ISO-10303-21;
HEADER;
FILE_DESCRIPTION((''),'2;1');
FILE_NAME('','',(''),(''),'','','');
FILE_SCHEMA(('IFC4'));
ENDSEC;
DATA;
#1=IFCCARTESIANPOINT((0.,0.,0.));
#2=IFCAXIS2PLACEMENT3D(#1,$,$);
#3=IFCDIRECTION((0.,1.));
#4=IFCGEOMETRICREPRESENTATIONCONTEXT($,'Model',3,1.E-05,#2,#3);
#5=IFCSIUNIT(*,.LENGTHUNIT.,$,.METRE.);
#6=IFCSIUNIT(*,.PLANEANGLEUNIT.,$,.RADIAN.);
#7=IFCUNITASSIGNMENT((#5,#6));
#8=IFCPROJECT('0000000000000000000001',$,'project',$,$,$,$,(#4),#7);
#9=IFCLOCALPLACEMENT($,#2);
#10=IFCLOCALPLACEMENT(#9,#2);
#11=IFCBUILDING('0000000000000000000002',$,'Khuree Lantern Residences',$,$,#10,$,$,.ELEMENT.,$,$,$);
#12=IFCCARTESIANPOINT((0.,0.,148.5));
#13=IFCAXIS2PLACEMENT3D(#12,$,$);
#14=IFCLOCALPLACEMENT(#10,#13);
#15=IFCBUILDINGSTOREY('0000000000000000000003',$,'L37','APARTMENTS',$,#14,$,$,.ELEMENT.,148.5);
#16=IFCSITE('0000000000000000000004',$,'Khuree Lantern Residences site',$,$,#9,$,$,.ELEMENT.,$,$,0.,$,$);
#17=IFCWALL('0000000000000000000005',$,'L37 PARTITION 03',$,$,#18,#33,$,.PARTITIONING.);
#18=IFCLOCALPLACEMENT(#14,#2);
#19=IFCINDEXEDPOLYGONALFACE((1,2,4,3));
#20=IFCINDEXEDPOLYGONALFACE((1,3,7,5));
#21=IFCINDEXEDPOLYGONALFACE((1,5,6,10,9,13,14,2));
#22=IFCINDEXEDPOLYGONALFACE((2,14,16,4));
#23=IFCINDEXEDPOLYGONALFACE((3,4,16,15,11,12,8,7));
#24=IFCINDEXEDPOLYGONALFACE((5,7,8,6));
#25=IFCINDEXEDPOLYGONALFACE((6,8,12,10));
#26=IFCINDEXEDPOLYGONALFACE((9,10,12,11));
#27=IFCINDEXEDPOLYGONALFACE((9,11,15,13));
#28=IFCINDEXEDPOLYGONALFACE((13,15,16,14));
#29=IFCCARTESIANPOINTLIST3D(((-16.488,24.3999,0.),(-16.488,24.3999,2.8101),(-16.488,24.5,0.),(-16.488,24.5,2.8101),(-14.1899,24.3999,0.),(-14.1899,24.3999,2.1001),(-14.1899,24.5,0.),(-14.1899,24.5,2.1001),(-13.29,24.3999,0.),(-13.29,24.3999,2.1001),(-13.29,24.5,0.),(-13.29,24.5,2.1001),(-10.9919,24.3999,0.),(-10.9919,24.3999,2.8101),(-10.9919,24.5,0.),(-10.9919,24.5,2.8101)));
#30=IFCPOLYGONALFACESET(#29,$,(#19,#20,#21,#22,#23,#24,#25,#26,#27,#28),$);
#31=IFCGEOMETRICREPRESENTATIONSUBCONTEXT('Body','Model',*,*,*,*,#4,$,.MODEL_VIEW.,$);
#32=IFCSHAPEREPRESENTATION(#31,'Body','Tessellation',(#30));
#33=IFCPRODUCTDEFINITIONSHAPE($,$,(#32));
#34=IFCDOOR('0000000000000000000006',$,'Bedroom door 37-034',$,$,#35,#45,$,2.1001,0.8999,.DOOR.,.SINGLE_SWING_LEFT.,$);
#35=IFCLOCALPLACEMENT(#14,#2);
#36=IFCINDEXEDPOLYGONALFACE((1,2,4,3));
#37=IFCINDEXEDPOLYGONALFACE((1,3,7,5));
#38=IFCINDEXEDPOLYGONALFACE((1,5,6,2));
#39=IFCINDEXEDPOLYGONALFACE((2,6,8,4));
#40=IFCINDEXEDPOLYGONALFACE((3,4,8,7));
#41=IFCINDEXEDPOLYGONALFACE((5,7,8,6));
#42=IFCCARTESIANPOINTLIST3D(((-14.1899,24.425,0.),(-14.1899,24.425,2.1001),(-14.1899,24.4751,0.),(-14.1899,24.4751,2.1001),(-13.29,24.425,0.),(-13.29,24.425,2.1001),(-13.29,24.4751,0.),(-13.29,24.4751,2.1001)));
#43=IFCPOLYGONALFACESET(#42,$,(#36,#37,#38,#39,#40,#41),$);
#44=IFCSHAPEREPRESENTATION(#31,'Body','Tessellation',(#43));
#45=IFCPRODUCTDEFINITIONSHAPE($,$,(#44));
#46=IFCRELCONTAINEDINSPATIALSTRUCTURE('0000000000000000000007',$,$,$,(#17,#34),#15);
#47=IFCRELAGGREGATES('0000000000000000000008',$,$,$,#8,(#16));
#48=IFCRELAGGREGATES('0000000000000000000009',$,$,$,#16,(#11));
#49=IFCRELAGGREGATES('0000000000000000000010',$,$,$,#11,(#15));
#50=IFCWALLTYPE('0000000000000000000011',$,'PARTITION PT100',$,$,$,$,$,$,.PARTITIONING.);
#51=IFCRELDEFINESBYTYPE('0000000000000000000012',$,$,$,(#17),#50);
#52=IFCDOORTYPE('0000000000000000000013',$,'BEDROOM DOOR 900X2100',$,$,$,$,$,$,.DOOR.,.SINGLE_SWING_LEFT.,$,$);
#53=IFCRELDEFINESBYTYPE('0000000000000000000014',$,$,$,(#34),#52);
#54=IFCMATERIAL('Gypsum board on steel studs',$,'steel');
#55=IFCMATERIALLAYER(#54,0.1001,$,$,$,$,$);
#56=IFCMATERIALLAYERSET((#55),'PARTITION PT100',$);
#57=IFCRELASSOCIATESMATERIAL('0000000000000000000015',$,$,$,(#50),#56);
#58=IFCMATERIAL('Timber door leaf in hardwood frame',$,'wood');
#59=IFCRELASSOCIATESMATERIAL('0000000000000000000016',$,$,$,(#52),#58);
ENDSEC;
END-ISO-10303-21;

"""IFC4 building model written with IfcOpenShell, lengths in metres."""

from ifc_helpers import new_model, si_unit, direction, frame, frame_2d, origin, place, context, subcontext, project, spatial, rectangle, extrude, material, layer, layer_set, type_object, element, fill, save


model = new_model("IFC4")

# Units and contexts
model_context = context("Model", 3, precision=1e-05, world=origin(), true_north=direction((0.0, 1.0)))
body_context = subcontext(model_context, "Body", "Model", "MODEL_VIEW")
ifc_project = project(units=[si_unit("LENGTHUNIT", "METRE"), si_unit("PLANEANGLEUNIT", "RADIAN")], contexts=[model_context])

# Site, building, storey
site_placement = place(None, origin())
site = spatial("IfcSite", under=ifc_project, at=site_placement, Name="Khuree Lantern Residences site", CompositionType="ELEMENT", RefElevation=0.0)
building_placement = place(site_placement, origin())
building = spatial("IfcBuilding", under=site, at=building_placement, Name="Khuree Lantern Residences", CompositionType="ELEMENT")
storey_placement = place(building_placement, frame((0.0, 0.0, 148.5)))
storey = spatial("IfcBuildingStorey", under=building, at=storey_placement, Name="L37", Description="APARTMENTS", CompositionType="ELEMENT", Elevation=148.5)

# Shared definitions
ifc_material_1 = material(Name="Gypsum board on steel studs", Category="steel")
ifc_layer_1 = layer(ifc_material_1, 0.1001)
ifc_layer_set_1 = layer_set([ifc_layer_1], Name="PARTITION PT100")
wall_type_1 = type_object("IfcWallType", Name="PARTITION PT100", PredefinedType="PARTITIONING", material=ifc_layer_set_1)

# Wall, opening, door
ifc_material_2 = material(Name="Timber door leaf in hardwood frame", Category="wood")
door_type = type_object("IfcDoorType", Name="BEDROOM DOOR 900X2100", OperationType="SINGLE_SWING_LEFT", PredefinedType="DOOR", material=ifc_material_2)
wall_1_placement = place(storey_placement, frame((-10.9919, 24.45, 0.0), z_axis=(0.0, 0.0, 1.0), x_axis=(-1.0, 0.0, 0.0)))
wall_1 = element("IfcWall", 1, at=wall_1_placement, inside=storey, type_object=wall_type_1, Name="L37 PARTITION 03", PredefinedType="PARTITIONING", context=body_context, shape_type="SweptSolid", body=[
    extrude(rectangle(XDim=5.4961, YDim=0.1001, at=frame_2d((2.748, 0.0))), origin(), (0.0, 0.0, 1.0), 2.8101),
])
opening_1_placement = place(wall_1_placement, frame((2.2981, 0.0, 0.0)))
opening_1 = element("IfcOpeningElement", 2, at=opening_1_placement, cuts=wall_1, PredefinedType="OPENING", context=body_context, shape_type="SweptSolid", body=[
    extrude(rectangle(XDim=0.8999, YDim=2.1001, at=frame_2d((0.45, 1.05))), frame((0.0, 0.0601, 0.0), z_axis=(0.0, -1.0, 0.0), x_axis=(1.0, 0.0, 0.0)), (0.0, 0.0, 1.0), 0.1201),
])
door_1_placement = place(opening_1_placement, origin())
door_1 = element("IfcDoor", 3, at=door_1_placement, inside=storey, type_object=door_type, Name="Bedroom door 37-034", OperationType="SINGLE_SWING_LEFT", OverallHeight=2.1001, OverallWidth=0.8999, PredefinedType="DOOR", context=body_context, shape_type="SweptSolid", body=[
    extrude(rectangle(XDim=0.8999, YDim=2.1001, at=frame_2d((0.45, 1.05))), frame((0.0, 0.0249, 0.0), z_axis=(0.0, -1.0, 0.0), x_axis=(1.0, 0.0, 0.0)), (0.0, 0.0, 1.0), 0.05),
])
fill(opening_1, door_1)

save(model, "model.ifc")
